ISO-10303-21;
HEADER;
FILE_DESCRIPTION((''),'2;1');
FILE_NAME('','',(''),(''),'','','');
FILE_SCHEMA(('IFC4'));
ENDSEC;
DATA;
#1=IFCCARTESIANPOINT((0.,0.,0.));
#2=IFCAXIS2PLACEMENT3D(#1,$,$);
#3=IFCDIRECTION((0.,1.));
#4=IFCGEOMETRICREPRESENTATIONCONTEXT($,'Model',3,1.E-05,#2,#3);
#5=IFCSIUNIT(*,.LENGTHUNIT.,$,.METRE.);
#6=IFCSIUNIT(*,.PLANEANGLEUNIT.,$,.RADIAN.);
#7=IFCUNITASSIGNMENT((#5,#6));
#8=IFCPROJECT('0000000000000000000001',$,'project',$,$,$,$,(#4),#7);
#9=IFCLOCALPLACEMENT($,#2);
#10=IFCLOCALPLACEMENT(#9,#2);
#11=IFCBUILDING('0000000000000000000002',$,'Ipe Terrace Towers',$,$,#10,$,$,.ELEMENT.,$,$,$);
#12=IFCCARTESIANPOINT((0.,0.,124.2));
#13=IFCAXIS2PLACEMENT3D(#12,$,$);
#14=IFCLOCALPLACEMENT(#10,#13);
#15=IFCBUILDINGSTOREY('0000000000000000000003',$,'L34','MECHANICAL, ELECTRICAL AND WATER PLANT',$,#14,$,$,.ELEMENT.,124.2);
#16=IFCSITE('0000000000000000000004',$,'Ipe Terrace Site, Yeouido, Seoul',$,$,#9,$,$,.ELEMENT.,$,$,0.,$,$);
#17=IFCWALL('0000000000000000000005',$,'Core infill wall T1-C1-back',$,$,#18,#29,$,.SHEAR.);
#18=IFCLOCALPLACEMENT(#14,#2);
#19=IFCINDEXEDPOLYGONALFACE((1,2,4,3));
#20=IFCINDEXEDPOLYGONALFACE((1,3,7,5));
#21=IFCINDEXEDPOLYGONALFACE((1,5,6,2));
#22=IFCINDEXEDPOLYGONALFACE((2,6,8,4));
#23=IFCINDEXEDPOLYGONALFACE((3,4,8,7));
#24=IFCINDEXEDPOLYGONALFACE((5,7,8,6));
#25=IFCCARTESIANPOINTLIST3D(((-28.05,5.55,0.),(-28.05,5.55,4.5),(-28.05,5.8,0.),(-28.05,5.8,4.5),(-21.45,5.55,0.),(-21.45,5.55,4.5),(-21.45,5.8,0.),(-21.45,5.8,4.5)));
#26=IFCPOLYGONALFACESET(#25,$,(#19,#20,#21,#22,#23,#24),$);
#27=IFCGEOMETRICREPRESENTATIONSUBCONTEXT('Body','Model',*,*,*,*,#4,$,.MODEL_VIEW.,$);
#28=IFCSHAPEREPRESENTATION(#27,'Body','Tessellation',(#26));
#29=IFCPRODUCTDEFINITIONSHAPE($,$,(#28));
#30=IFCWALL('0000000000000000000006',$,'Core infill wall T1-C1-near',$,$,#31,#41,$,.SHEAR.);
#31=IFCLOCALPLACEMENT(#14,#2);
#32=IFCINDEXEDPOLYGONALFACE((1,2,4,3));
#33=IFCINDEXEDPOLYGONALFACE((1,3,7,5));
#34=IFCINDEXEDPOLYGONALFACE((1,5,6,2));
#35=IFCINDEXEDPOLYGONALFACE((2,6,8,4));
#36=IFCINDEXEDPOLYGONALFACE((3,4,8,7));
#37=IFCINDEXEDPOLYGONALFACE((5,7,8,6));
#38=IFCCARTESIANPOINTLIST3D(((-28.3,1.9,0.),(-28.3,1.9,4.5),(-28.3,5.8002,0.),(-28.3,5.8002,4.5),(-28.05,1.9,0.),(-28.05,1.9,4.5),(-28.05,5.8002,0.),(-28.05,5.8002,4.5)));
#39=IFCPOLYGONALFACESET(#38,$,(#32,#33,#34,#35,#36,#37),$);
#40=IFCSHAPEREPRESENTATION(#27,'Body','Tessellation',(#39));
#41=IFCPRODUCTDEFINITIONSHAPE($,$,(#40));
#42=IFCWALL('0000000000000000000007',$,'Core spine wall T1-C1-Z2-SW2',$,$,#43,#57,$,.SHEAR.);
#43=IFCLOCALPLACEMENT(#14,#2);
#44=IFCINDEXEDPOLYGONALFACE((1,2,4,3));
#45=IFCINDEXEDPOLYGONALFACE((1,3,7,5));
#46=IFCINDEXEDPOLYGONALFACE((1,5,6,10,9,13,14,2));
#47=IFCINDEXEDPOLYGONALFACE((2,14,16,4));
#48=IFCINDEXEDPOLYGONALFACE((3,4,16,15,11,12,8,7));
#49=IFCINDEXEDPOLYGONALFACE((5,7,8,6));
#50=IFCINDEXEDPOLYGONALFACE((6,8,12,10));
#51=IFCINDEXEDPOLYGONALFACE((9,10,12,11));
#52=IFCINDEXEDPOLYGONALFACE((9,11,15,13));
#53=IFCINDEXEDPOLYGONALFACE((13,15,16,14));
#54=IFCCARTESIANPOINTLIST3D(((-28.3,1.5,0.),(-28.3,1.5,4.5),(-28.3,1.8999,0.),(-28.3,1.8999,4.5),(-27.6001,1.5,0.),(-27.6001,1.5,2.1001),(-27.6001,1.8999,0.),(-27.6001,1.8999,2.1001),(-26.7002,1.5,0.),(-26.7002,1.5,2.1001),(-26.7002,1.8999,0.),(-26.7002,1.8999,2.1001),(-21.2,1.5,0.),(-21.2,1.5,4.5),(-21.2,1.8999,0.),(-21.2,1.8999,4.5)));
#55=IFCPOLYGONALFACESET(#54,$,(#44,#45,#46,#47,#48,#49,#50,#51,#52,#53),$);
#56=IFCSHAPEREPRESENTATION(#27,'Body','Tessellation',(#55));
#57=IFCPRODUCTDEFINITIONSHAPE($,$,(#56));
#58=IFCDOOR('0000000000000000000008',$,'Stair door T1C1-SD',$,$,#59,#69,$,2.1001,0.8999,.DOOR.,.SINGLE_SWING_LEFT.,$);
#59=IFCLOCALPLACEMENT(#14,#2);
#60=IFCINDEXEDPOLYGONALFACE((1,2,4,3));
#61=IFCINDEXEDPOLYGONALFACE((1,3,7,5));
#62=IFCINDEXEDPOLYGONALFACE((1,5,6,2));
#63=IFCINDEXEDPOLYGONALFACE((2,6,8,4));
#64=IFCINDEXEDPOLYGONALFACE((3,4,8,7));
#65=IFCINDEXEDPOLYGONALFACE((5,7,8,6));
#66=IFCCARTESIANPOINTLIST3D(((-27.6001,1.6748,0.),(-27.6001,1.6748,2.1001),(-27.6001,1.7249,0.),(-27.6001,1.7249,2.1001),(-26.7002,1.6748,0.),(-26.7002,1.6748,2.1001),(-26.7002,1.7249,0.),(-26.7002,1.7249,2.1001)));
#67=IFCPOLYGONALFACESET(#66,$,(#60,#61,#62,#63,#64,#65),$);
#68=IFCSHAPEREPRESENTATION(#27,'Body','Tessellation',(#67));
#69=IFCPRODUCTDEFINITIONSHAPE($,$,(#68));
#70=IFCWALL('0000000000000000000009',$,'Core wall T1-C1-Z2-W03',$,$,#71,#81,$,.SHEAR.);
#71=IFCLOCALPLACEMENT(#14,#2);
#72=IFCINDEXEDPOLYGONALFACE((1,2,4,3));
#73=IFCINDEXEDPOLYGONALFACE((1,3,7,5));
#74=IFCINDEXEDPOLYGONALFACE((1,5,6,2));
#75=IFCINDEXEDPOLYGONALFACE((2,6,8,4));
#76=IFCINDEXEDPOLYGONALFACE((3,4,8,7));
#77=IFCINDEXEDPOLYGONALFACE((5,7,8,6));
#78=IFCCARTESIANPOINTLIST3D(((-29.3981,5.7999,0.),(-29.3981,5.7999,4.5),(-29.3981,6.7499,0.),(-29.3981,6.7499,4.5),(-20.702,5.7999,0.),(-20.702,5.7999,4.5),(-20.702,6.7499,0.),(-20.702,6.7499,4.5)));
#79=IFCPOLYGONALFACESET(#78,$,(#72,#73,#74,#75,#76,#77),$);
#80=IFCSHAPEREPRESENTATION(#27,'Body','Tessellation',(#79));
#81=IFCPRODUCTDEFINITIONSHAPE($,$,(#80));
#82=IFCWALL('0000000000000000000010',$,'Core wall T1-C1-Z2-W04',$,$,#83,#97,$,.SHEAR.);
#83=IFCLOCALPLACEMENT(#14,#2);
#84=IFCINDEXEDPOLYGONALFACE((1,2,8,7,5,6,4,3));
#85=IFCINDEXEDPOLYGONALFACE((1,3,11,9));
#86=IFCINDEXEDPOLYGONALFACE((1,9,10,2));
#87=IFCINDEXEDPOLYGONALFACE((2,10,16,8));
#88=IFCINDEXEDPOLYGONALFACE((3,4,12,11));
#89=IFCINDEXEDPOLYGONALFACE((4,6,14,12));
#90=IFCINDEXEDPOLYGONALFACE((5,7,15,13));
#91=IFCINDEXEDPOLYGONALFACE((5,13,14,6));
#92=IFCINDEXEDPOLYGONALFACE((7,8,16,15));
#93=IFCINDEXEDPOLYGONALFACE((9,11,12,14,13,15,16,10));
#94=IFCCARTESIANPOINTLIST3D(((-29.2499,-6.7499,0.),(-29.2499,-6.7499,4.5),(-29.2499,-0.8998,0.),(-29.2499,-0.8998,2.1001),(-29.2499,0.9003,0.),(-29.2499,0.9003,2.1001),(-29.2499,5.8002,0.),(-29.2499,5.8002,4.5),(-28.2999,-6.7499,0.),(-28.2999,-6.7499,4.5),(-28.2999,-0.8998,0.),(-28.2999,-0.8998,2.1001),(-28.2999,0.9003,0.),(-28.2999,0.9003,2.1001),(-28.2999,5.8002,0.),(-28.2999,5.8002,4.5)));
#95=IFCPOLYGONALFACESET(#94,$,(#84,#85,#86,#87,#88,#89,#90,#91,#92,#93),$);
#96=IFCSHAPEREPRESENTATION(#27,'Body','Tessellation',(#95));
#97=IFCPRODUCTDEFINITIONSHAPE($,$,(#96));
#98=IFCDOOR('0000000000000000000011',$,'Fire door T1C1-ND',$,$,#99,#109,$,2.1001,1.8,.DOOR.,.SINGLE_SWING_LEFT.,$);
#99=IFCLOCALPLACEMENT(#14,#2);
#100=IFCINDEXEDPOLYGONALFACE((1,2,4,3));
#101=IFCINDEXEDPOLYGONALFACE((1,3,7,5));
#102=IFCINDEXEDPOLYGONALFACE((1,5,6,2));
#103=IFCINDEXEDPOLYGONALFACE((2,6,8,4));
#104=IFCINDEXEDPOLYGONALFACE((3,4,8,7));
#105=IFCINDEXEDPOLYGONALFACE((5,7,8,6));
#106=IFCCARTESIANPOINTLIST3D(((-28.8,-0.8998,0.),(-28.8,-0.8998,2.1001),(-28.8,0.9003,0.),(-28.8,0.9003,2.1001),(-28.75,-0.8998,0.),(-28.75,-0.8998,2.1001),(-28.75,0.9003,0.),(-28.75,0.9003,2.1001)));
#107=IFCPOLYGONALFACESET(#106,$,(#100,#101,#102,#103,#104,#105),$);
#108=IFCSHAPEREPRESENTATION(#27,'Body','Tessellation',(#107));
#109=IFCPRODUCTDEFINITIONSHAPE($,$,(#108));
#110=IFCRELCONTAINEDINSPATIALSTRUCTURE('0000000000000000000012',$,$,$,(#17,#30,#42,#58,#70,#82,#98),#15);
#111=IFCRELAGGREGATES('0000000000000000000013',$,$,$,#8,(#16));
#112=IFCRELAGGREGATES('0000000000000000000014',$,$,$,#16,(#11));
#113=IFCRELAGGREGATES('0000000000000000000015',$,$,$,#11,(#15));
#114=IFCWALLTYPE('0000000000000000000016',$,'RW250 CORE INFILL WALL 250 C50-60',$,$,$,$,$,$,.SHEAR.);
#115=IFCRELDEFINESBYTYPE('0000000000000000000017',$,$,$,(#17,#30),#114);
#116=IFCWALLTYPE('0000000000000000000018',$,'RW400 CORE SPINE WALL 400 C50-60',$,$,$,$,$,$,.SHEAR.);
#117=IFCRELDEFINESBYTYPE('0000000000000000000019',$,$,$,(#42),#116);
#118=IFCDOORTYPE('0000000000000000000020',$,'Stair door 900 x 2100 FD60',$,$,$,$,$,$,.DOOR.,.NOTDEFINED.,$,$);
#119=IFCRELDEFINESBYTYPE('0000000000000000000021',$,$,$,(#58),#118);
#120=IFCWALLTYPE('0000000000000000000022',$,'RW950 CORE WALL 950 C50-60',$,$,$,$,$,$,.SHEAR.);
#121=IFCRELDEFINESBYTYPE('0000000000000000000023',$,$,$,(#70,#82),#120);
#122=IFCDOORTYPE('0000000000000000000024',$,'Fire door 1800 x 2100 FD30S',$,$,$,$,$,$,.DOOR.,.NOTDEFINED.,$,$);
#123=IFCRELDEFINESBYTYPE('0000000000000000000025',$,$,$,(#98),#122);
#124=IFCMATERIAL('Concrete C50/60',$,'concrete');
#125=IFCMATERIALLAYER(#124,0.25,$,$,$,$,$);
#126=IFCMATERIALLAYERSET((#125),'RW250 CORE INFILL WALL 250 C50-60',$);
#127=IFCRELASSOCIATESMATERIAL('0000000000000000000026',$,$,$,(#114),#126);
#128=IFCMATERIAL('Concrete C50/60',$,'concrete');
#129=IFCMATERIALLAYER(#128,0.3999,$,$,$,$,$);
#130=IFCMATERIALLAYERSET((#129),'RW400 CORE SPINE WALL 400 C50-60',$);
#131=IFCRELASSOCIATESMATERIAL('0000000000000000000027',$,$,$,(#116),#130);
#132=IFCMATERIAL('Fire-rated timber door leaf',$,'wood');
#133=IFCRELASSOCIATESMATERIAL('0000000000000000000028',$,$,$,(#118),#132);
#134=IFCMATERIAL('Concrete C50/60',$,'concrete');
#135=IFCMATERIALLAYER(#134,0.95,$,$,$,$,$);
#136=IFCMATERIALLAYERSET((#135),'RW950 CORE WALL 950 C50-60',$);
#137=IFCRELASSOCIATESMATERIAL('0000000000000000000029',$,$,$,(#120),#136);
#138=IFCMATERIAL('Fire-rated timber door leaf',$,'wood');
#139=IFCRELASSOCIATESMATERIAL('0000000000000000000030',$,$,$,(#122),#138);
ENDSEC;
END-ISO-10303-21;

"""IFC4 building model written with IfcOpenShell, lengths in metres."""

from ifc_helpers import new_model, si_unit, direction, frame, frame_2d, origin, place, context, subcontext, project, spatial, rectangle, extrude, material, layer, layer_set, type_object, element, fill, save


model = new_model("IFC4")

# Units and contexts
model_context = context("Model", 3, precision=1e-05, world=origin(), true_north=direction((0.0, 1.0)))
body_context = subcontext(model_context, "Body", "Model", "MODEL_VIEW")
ifc_project = project(units=[si_unit("LENGTHUNIT", "METRE"), si_unit("PLANEANGLEUNIT", "RADIAN")], contexts=[model_context])

# Site, building, storey
site_placement = place(None, origin())
site = spatial("IfcSite", under=ifc_project, at=site_placement, Name="Ipe Terrace Site, Yeouido, Seoul", CompositionType="ELEMENT", RefElevation=0.0)
building_placement = place(site_placement, origin())
building = spatial("IfcBuilding", under=site, at=building_placement, Name="Ipe Terrace Towers", CompositionType="ELEMENT")
storey_placement = place(building_placement, frame((0.0, 0.0, 124.2)))
storey = spatial("IfcBuildingStorey", under=building, at=storey_placement, Name="L34", Description="MECHANICAL, ELECTRICAL AND WATER PLANT", CompositionType="ELEMENT", Elevation=124.2)

# Walls
ifc_material_1 = material(Name="Concrete C50/60", Category="concrete")
ifc_layer_1 = layer(ifc_material_1, 0.25)
ifc_layer_set_1 = layer_set([ifc_layer_1], Name="RW250 CORE INFILL WALL 250 C50-60")
wall_type_1 = type_object("IfcWallType", Name="RW250 CORE INFILL WALL 250 C50-60", PredefinedType="SHEAR", material=ifc_layer_set_1)
wall_1_placement = place(storey_placement, frame((-28.05, 5.675, 0.0), z_axis=(0.0, 0.0, 1.0), x_axis=(1.0, 0.0, 0.0)))
element("IfcWall", 1, at=wall_1_placement, inside=storey, type_object=wall_type_1, Name="Core infill wall T1-C1-back", PredefinedType="SHEAR", context=body_context, shape_type="SweptSolid", body=[
    extrude(rectangle(XDim=6.6001, YDim=0.25, at=frame_2d((3.3, 0.0))), origin(), (0.0, 0.0, 1.0), 4.5),
])
wall_2_placement = place(storey_placement, frame((-28.175, 1.8999, 0.0), z_axis=(0.0, 0.0, 1.0), x_axis=(0.0, 1.0, 0.0)))
element("IfcWall", 2, at=wall_2_placement, inside=storey, type_object=wall_type_1, Name="Core infill wall T1-C1-near", PredefinedType="SHEAR", context=body_context, shape_type="SweptSolid", body=[
    extrude(rectangle(XDim=3.9001, YDim=0.25, at=frame_2d((1.9502, 0.0))), origin(), (0.0, 0.0, 1.0), 4.5),
])

# Wall, opening, door
ifc_material_2 = material(Name="Concrete C50/60", Category="concrete")
ifc_layer_2 = layer(ifc_material_2, 0.3999)
ifc_layer_set_2 = layer_set([ifc_layer_2], Name="RW400 CORE SPINE WALL 400 C50-60")
wall_type_2 = type_object("IfcWallType", Name="RW400 CORE SPINE WALL 400 C50-60", PredefinedType="SHEAR", material=ifc_layer_set_2)
wall_3_placement = place(storey_placement, frame((-28.3, 1.7, 0.0), z_axis=(0.0, 0.0, 1.0), x_axis=(1.0, 0.0, 0.0)))
wall_3 = element("IfcWall", 3, at=wall_3_placement, inside=storey, type_object=wall_type_2, Name="Core spine wall T1-C1-Z2-SW2", PredefinedType="SHEAR", context=body_context, shape_type="SweptSolid", body=[
    extrude(rectangle(XDim=7.1001, YDim=0.3999, at=frame_2d((3.55, 0.0))), origin(), (0.0, 0.0, 1.0), 4.5),
])
opening_1_placement = place(wall_3_placement, frame((0.7, 0.0, 0.0)))
opening_1 = element("IfcOpeningElement", 4, at=opening_1_placement, cuts=wall_3, PredefinedType="OPENING", context=body_context, shape_type="SweptSolid", body=[
    extrude(rectangle(XDim=0.8999, YDim=2.1001, at=frame_2d((0.45, 1.05))), frame((0.0, 0.21, 0.0), z_axis=(0.0, -1.0, 0.0), x_axis=(1.0, 0.0, 0.0)), (0.0, 0.0, 1.0), 0.4199),
])
ifc_material_3 = material(Name="Fire-rated timber door leaf", Category="wood")
door_type_1 = type_object("IfcDoorType", Name="Stair door 900 x 2100 FD60", OperationType="NOTDEFINED", PredefinedType="DOOR", material=ifc_material_3)
door_1_placement = place(opening_1_placement, origin())
door_1 = element("IfcDoor", 5, at=door_1_placement, inside=storey, type_object=door_type_1, Name="Stair door T1C1-SD", OperationType="SINGLE_SWING_LEFT", OverallHeight=2.1001, OverallWidth=0.8999, PredefinedType="DOOR", context=body_context, shape_type="SweptSolid", body=[
    extrude(rectangle(XDim=0.8999, YDim=2.1001, at=frame_2d((0.45, 1.05))), frame((0.0, 0.0249, 0.0), z_axis=(0.0, -1.0, 0.0), x_axis=(1.0, 0.0, 0.0)), (0.0, 0.0, 1.0), 0.05),
])
fill(opening_1, door_1)

# Wall
ifc_material_4 = material(Name="Concrete C50/60", Category="concrete")
ifc_layer_3 = layer(ifc_material_4, 0.95)
ifc_layer_set_3 = layer_set([ifc_layer_3], Name="RW950 CORE WALL 950 C50-60")
wall_type_3 = type_object("IfcWallType", Name="RW950 CORE WALL 950 C50-60", PredefinedType="SHEAR", material=ifc_layer_set_3)
wall_4_placement = place(storey_placement, frame((-20.7019, 6.2749, 0.0), z_axis=(0.0, 0.0, 1.0), x_axis=(-1.0, 0.0, 0.0)))
element("IfcWall", 6, at=wall_4_placement, inside=storey, type_object=wall_type_3, Name="Core wall T1-C1-Z2-W03", PredefinedType="SHEAR", context=body_context, shape_type="SweptSolid", body=[
    extrude(rectangle(XDim=8.696, YDim=0.95, at=frame_2d((4.3481, 0.0))), origin(), (0.0, 0.0, 1.0), 4.5),
])

# Wall, opening, door
wall_5_placement = place(storey_placement, frame((-28.7749, 5.8, 0.0), z_axis=(0.0, 0.0, 1.0), x_axis=(0.0, -1.0, 0.0)))
wall_5 = element("IfcWall", 7, at=wall_5_placement, inside=storey, type_object=wall_type_3, Name="Core wall T1-C1-Z2-W04", PredefinedType="SHEAR", context=body_context, shape_type="SweptSolid", body=[
    extrude(rectangle(XDim=12.55, YDim=0.95, at=frame_2d((6.2749, 0.0))), origin(), (0.0, 0.0, 1.0), 4.5),
])
opening_2_placement = place(wall_5_placement, frame((4.8999, 0.0, 0.0)))
opening_2 = element("IfcOpeningElement", 8, at=opening_2_placement, cuts=wall_5, PredefinedType="OPENING", context=body_context, shape_type="SweptSolid", body=[
    extrude(rectangle(XDim=1.8, YDim=2.1001, at=frame_2d((0.8999, 1.05))), frame((0.0, 0.4849, 0.0), z_axis=(0.0, -1.0, 0.0), x_axis=(1.0, 0.0, 0.0)), (0.0, 0.0, 1.0), 0.97),
])
ifc_material_5 = material(Name="Fire-rated timber door leaf", Category="wood")
door_type_2 = type_object("IfcDoorType", Name="Fire door 1800 x 2100 FD30S", OperationType="NOTDEFINED", PredefinedType="DOOR", material=ifc_material_5)
door_2_placement = place(opening_2_placement, origin())
door_2 = element("IfcDoor", 9, at=door_2_placement, inside=storey, type_object=door_type_2, Name="Fire door T1C1-ND", OperationType="SINGLE_SWING_LEFT", OverallHeight=2.1001, OverallWidth=1.8, PredefinedType="DOOR", context=body_context, shape_type="SweptSolid", body=[
    extrude(rectangle(XDim=1.8, YDim=2.1001, at=frame_2d((0.8999, 1.05))), frame((0.0, 0.0249, 0.0), z_axis=(0.0, -1.0, 0.0), x_axis=(1.0, 0.0, 0.0)), (0.0, 0.0, 1.0), 0.05),
])
fill(opening_2, door_2)

save(model, "model.ifc")
